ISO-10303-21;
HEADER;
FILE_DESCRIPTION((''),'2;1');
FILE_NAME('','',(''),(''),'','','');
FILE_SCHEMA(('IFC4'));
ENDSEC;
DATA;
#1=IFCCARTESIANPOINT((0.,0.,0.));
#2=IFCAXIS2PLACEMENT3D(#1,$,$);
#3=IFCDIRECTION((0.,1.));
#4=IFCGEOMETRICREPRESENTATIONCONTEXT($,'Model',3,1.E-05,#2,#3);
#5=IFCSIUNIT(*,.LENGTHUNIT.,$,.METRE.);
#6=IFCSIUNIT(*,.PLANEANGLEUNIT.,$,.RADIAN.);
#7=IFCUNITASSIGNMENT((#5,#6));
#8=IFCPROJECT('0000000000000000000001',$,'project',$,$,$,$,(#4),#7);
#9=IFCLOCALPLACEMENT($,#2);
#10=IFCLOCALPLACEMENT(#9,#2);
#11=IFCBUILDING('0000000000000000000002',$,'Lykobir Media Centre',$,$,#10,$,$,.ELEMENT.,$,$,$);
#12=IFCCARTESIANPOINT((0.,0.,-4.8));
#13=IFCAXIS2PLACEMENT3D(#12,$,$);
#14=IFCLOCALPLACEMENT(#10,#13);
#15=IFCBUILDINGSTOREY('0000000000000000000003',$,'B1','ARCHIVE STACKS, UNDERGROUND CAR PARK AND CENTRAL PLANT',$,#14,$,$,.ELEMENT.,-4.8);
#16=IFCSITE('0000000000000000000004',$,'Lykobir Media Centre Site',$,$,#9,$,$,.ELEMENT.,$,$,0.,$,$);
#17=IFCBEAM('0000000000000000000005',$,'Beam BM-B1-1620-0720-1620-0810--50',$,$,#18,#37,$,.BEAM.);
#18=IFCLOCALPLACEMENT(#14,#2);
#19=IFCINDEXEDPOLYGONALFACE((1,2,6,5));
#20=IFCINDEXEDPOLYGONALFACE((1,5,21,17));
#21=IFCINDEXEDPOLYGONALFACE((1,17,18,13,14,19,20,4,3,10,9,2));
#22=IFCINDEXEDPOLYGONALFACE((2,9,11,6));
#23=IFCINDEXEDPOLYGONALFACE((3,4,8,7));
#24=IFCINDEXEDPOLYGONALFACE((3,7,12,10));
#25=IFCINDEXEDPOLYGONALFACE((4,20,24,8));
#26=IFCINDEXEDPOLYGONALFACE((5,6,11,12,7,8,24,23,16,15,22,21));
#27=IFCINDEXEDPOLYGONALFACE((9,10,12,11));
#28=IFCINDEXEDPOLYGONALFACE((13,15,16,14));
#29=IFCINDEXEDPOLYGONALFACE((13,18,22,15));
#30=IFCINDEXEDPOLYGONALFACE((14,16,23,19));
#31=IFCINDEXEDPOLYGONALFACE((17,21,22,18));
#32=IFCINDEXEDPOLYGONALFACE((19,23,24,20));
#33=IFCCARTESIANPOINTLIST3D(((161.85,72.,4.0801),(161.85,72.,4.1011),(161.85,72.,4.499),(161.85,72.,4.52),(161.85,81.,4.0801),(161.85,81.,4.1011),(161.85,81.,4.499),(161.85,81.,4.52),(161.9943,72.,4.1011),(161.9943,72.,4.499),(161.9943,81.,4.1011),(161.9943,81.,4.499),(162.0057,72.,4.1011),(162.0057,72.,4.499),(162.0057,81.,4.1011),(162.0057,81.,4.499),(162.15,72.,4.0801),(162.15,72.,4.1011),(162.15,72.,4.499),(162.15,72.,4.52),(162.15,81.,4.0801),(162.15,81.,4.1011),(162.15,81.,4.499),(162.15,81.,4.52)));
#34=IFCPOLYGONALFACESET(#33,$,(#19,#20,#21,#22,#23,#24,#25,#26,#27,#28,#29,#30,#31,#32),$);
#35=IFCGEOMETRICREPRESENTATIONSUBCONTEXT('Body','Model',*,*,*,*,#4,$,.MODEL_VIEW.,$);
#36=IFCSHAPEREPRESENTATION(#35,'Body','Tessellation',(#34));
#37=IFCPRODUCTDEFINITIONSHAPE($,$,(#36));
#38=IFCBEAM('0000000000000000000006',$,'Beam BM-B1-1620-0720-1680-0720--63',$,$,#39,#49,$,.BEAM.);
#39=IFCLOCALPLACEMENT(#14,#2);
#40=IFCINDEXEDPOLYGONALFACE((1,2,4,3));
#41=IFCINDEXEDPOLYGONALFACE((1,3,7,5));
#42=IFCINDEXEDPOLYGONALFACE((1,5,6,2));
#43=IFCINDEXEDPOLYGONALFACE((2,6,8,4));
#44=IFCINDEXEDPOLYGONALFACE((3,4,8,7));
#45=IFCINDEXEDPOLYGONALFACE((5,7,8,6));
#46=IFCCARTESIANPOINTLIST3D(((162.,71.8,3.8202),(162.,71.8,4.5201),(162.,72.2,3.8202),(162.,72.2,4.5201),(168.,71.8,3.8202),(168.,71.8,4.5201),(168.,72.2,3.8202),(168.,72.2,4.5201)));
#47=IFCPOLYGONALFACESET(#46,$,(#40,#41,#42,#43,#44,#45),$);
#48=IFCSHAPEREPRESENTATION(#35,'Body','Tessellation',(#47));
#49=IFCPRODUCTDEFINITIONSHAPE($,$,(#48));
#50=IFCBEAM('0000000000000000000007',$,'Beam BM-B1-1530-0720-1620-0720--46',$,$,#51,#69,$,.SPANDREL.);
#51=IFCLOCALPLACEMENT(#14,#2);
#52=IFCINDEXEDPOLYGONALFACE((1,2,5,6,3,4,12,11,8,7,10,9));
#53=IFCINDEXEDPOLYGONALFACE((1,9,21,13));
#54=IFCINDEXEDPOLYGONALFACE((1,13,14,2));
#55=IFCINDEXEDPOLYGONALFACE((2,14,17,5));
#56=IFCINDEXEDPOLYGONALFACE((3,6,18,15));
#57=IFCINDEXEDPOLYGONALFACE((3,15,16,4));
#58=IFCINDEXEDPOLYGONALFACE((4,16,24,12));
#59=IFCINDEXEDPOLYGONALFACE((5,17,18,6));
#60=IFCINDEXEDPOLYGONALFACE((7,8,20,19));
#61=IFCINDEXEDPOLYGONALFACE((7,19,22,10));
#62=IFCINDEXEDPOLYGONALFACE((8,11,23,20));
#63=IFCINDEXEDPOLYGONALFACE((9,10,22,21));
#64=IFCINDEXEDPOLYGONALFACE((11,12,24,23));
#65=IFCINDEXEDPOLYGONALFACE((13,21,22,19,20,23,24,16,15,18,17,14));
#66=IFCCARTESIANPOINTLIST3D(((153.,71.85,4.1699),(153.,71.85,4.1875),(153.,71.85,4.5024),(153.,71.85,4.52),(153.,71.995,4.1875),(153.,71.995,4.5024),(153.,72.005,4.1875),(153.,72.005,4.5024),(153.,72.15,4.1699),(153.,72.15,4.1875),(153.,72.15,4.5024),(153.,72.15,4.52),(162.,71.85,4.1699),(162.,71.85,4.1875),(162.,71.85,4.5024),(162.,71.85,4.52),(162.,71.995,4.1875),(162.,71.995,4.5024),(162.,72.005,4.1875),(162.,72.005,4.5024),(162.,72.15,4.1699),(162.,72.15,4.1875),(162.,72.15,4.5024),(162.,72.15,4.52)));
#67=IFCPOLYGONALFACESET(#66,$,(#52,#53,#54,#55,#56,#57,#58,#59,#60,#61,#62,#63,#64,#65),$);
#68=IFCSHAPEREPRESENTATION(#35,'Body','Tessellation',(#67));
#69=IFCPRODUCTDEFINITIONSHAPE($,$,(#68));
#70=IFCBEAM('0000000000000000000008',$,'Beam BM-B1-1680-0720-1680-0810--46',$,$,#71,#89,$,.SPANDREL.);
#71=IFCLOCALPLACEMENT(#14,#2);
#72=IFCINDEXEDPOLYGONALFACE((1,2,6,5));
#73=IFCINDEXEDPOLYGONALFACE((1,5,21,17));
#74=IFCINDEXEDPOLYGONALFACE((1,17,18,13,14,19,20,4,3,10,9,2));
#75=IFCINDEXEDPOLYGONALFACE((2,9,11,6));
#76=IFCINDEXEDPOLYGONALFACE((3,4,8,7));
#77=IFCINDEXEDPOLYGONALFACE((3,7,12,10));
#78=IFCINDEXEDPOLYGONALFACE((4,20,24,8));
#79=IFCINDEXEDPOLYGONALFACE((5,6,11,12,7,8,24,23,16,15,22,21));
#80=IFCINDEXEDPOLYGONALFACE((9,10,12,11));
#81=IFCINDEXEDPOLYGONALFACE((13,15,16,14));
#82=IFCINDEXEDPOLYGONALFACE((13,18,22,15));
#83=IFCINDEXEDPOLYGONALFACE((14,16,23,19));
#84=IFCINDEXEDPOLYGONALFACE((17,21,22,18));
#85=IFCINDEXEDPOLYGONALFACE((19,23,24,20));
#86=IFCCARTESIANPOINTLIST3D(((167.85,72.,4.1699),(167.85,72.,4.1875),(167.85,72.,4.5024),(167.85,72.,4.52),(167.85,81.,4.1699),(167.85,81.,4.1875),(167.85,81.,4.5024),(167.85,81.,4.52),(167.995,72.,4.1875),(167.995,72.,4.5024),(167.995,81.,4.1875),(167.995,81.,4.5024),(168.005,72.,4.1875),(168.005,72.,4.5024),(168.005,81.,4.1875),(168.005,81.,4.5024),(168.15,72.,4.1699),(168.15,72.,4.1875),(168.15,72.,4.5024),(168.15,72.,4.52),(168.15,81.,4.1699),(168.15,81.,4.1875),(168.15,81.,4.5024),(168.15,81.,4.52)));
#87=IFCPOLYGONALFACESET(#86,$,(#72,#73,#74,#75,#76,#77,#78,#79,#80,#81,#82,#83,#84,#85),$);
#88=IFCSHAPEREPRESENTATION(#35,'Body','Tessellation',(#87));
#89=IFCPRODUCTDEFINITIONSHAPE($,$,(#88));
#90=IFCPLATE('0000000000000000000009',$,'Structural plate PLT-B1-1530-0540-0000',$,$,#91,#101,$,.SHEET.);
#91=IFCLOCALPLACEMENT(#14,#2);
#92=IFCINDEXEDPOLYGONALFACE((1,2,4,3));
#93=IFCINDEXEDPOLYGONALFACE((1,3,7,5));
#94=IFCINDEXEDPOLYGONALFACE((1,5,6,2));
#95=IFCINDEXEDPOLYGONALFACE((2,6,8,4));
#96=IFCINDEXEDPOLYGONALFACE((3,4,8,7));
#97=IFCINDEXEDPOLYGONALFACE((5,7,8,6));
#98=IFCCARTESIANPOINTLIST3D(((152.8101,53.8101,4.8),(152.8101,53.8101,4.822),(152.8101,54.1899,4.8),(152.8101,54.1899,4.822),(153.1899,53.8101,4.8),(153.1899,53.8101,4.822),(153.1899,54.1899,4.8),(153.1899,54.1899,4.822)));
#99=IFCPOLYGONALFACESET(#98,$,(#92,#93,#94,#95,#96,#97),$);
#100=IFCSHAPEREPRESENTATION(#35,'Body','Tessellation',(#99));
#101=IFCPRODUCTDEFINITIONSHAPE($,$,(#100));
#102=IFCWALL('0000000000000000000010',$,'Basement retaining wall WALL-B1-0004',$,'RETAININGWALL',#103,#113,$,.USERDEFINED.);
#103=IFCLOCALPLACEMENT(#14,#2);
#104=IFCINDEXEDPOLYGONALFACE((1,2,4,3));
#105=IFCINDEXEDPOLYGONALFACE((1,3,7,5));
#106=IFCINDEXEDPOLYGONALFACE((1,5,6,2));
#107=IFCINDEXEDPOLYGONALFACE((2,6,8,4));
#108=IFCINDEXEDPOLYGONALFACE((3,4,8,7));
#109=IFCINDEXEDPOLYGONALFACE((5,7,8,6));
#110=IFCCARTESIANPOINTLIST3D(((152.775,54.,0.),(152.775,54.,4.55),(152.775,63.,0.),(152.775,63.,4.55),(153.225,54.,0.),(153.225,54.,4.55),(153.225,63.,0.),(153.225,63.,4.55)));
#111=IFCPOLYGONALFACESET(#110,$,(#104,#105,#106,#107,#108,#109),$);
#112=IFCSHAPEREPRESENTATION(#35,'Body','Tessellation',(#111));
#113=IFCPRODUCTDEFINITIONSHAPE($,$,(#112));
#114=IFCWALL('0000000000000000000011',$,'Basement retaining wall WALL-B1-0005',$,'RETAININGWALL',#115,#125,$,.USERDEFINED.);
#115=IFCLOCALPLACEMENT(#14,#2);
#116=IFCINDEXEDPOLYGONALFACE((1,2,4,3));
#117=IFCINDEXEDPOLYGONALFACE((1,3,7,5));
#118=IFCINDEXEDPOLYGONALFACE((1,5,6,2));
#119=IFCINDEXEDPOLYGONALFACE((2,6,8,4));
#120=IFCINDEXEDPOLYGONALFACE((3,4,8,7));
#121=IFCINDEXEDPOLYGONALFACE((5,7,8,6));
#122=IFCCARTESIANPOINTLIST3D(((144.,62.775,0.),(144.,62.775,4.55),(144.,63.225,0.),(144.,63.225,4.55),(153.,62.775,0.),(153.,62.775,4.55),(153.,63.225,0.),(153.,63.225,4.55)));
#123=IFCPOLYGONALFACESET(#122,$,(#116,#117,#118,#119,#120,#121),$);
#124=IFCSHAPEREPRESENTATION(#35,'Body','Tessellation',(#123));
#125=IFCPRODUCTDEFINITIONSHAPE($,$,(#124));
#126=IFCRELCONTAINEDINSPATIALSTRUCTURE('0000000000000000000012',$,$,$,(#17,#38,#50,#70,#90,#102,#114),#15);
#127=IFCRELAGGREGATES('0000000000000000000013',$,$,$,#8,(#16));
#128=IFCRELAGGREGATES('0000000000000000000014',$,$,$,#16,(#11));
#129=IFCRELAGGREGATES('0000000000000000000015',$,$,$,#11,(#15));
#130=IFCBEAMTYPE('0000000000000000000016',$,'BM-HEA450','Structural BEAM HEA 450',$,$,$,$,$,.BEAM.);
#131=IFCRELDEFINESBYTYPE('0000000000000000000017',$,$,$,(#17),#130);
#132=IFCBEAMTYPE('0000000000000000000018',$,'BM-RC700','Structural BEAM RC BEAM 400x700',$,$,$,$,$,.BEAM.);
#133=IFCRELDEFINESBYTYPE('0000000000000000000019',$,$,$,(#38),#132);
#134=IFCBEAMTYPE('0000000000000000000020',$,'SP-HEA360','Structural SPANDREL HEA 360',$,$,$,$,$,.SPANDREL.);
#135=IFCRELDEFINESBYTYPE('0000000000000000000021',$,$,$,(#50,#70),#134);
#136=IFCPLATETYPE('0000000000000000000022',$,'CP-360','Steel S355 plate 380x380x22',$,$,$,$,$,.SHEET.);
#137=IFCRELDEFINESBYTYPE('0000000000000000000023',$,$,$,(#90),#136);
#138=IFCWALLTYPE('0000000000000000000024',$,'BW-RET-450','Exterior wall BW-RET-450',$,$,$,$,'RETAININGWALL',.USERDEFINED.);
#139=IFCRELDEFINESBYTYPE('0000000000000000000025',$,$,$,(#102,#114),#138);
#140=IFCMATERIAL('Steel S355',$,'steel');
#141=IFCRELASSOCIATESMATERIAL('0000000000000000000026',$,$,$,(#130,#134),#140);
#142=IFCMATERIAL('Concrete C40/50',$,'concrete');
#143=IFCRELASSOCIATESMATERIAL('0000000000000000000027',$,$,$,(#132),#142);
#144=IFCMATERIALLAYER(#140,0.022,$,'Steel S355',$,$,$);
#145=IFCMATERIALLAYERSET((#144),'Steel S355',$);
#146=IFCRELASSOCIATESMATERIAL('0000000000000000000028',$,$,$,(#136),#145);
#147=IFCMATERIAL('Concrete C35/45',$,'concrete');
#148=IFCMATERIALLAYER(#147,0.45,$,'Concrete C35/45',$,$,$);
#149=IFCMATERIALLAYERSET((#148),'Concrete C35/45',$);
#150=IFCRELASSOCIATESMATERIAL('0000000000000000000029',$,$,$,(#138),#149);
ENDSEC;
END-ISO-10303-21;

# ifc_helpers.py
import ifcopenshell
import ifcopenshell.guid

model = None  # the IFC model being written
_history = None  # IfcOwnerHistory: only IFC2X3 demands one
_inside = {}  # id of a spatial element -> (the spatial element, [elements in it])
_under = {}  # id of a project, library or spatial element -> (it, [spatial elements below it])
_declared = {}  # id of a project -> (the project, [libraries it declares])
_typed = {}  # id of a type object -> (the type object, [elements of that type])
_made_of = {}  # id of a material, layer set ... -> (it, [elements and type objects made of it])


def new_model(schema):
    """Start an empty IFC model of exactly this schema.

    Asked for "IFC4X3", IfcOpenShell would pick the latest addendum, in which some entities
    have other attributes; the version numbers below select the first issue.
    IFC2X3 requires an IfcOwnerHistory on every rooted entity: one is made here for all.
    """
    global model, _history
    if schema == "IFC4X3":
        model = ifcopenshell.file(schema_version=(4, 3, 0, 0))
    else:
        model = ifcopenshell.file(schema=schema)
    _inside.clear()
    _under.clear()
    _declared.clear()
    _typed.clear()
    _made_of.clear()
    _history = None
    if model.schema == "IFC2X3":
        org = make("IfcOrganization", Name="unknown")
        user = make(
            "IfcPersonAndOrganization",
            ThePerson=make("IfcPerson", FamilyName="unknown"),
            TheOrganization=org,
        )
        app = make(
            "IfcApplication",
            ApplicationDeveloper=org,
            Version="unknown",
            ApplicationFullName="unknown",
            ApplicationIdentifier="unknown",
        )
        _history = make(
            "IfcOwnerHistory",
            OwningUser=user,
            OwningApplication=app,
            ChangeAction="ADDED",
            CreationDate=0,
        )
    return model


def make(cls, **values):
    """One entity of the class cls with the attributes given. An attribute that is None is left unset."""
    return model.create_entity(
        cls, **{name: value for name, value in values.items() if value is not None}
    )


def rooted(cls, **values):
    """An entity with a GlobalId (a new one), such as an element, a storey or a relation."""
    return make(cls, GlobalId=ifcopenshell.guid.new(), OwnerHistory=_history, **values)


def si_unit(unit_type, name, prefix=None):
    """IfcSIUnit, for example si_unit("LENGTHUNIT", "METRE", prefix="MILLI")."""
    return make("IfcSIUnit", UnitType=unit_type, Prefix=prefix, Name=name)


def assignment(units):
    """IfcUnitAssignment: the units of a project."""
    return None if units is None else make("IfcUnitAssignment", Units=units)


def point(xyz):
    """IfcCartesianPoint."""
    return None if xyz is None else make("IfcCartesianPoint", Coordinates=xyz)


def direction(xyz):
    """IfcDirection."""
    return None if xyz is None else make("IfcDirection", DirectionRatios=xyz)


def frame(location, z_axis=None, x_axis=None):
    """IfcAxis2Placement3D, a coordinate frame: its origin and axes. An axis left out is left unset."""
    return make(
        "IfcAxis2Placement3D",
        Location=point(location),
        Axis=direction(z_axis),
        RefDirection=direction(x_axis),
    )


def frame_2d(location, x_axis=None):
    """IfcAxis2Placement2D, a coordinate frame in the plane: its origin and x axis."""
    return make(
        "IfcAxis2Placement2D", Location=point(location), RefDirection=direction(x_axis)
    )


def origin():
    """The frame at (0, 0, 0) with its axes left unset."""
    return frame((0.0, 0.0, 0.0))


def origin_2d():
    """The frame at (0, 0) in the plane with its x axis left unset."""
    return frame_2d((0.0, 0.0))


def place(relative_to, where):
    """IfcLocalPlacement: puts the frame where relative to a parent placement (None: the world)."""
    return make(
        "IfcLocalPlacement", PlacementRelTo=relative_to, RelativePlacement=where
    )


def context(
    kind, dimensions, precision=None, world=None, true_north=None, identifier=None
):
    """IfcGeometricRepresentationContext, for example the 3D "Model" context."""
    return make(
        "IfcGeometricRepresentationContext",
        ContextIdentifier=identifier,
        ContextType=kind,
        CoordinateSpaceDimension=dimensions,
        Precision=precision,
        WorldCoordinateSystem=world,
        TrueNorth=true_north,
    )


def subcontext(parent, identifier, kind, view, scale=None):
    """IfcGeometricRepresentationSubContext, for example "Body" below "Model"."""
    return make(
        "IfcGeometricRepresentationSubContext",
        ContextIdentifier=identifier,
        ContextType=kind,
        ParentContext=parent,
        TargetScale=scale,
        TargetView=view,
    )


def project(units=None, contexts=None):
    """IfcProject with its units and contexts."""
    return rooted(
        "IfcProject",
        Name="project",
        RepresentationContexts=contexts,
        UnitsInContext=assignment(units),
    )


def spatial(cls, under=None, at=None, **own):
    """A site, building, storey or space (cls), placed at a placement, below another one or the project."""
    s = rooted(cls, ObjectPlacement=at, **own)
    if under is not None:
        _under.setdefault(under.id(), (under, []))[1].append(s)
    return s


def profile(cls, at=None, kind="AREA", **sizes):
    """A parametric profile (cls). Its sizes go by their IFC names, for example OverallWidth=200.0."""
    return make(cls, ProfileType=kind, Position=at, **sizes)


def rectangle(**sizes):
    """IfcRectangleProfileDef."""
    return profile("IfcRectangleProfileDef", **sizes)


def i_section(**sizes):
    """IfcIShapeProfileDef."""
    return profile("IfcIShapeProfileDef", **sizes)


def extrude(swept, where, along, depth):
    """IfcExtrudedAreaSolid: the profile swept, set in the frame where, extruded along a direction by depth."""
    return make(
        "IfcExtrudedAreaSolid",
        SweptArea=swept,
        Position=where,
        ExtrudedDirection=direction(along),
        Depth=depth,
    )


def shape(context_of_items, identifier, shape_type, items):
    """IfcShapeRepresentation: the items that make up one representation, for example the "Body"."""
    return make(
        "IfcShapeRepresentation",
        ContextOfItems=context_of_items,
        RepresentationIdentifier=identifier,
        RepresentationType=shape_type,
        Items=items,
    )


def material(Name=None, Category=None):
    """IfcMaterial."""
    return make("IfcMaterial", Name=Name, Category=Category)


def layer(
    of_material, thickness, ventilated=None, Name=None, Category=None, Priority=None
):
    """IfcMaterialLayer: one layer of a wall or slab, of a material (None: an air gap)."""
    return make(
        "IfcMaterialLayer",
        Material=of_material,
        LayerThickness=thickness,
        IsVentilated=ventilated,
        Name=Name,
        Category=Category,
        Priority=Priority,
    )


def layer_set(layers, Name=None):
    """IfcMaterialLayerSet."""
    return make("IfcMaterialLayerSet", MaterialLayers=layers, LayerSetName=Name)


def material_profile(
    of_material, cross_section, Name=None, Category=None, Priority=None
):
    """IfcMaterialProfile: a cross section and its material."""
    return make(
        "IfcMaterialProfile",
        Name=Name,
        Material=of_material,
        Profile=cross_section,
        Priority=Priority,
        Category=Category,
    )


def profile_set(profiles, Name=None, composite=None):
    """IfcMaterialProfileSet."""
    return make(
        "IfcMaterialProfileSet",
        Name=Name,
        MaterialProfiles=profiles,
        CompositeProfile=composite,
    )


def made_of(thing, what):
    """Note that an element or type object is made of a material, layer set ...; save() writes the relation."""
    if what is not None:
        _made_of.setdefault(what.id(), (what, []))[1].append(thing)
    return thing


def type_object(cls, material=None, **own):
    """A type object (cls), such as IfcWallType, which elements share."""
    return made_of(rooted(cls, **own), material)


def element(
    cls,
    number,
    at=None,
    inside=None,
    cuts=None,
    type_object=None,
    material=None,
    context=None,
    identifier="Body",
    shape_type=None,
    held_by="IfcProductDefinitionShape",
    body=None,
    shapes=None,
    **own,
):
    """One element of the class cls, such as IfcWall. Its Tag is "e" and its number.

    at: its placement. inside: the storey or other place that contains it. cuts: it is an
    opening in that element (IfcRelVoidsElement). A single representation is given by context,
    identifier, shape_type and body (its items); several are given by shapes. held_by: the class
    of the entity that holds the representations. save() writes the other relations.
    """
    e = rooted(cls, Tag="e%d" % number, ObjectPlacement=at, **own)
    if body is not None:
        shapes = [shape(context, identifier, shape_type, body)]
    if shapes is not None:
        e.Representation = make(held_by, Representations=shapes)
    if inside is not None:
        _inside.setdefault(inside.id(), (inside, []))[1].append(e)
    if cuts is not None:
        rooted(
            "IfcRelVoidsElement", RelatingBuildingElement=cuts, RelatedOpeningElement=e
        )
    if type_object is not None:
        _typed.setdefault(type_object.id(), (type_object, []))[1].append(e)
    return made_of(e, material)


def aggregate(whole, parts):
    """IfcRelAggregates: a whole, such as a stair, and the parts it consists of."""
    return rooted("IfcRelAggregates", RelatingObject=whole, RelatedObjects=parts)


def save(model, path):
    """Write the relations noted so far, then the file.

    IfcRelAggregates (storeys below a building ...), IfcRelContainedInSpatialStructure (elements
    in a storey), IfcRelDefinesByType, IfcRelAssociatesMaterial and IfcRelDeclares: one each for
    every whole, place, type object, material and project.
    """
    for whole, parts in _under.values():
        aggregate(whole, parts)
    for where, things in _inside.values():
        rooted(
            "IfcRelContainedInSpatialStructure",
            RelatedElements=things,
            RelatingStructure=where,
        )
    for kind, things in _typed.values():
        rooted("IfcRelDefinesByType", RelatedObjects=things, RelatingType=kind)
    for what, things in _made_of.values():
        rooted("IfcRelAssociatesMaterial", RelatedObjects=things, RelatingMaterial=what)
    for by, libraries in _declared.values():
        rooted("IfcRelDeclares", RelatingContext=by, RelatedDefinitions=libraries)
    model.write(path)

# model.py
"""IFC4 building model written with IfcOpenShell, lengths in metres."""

from ifc_helpers import new_model, si_unit, direction, frame, frame_2d, origin, origin_2d, place, context, subcontext, project, spatial, rectangle, i_section, extrude, material, layer, layer_set, material_profile, profile_set, type_object, element, save


model = new_model("IFC4")

# Units and contexts
model_context = context("Model", 3, precision=1e-05, world=origin(), true_north=direction((0.0, 1.0)))
body_context = subcontext(model_context, "Body", "Model", "MODEL_VIEW")
ifc_project = project(units=[si_unit("LENGTHUNIT", "METRE"), si_unit("PLANEANGLEUNIT", "RADIAN")], contexts=[model_context])

# Site, building, storey
site_placement = place(None, origin())
site = spatial("IfcSite", under=ifc_project, at=site_placement, Name="Lykobir Media Centre Site", CompositionType="ELEMENT", RefElevation=0.0)
building_placement = place(site_placement, origin())
building = spatial("IfcBuilding", under=site, at=building_placement, Name="Lykobir Media Centre", CompositionType="ELEMENT")
storey_placement = place(building_placement, frame((0.0, 0.0, -4.8)))
storey = spatial("IfcBuildingStorey", under=building, at=storey_placement, Name="B1", Description="ARCHIVE STACKS, UNDERGROUND CAR PARK AND CENTRAL PLANT", CompositionType="ELEMENT", Elevation=-4.8)

# Shared definitions
ifc_material_1 = material(Name="Concrete C35/45", Category="concrete")

# Shared definitions
ifc_material_2 = material(Name="Concrete C40/50", Category="concrete")
ifc_material_3 = material(Name="Steel S355", Category="steel")

# Beams
ifc_material_profile_1 = material_profile(ifc_material_3, i_section(OverallWidth=0.3, OverallDepth=0.4399, WebThickness=0.0115, FlangeThickness=0.021, at=origin_2d()), Name="HEA 450")
ifc_profile_set_1 = profile_set([ifc_material_profile_1], Name="Steel S355")
beam_type_1 = type_object("IfcBeamType", Name="BM-HEA450", Description="Structural BEAM HEA 450", PredefinedType="BEAM", material=ifc_profile_set_1)
for number, where, z_axis, x_axis, name in (
    (1, (162.0, 72.0, 4.3), (0.0, 1.0, 0.0), (-1.0, 0.0, 0.0), "Beam BM-B1-1620-0720-1620-0810--50"),
):
    element("IfcBeam", number, at=place(storey_placement, frame(where, z_axis=z_axis, x_axis=x_axis)), inside=storey, type_object=beam_type_1, Name=name, PredefinedType="BEAM", context=body_context, shape_type="SweptSolid", body=[
        extrude(i_section(OverallWidth=0.3, OverallDepth=0.4399, WebThickness=0.0115, FlangeThickness=0.021, at=origin_2d()), origin(), (0.0, 0.0, 1.0), 9.0),
    ])
ifc_material_profile_2 = material_profile(ifc_material_2, rectangle(XDim=0.3999, YDim=0.7, at=origin_2d()), Name="RC BEAM 400x700")
ifc_profile_set_2 = profile_set([ifc_material_profile_2], Name="Concrete C40/50")
beam_type_2 = type_object("IfcBeamType", Name="BM-RC700", Description="Structural BEAM RC BEAM 400x700", PredefinedType="BEAM", material=ifc_profile_set_2)
beam_placement = place(storey_placement, frame((162.0, 72.0, 4.1702), z_axis=(1.0, 0.0, 0.0), x_axis=(0.0, 1.0, 0.0)))
element("IfcBeam", 2, at=beam_placement, inside=storey, type_object=beam_type_2, Name="Beam BM-B1-1620-0720-1680-0720--63", PredefinedType="BEAM", context=body_context, shape_type="SweptSolid", body=[
    extrude(rectangle(XDim=0.3999, YDim=0.7, at=origin_2d()), origin(), (0.0, 0.0, 1.0), 6.0),
])
ifc_material_profile_3 = material_profile(ifc_material_3, i_section(OverallWidth=0.3, OverallDepth=0.3501, WebThickness=0.01, FlangeThickness=0.0176, at=origin_2d()), Name="HEA 360")
ifc_profile_set_3 = profile_set([ifc_material_profile_3], Name="Steel S355")
beam_type_3 = type_object("IfcBeamType", Name="SP-HEA360", Description="Structural SPANDREL HEA 360", PredefinedType="SPANDREL", material=ifc_profile_set_3)
for number, where, z_axis, x_axis, name in (
    (3, (153.0, 72.0, 4.345), (1.0, 0.0, 0.0), (0.0, 1.0, 0.0), "Beam BM-B1-1530-0720-1620-0720--46"),
    (4, (168.0, 72.0, 4.345), (0.0, 1.0, 0.0), (-1.0, 0.0, 0.0), "Beam BM-B1-1680-0720-1680-0810--46"),
):
    element("IfcBeam", number, at=place(storey_placement, frame(where, z_axis=z_axis, x_axis=x_axis)), inside=storey, type_object=beam_type_3, Name=name, PredefinedType="SPANDREL", context=body_context, shape_type="SweptSolid", body=[
        extrude(i_section(OverallWidth=0.3, OverallDepth=0.3501, WebThickness=0.01, FlangeThickness=0.0176, at=origin_2d()), origin(), (0.0, 0.0, 1.0), 9.0),
    ])

# Plate
ifc_layer_1 = layer(ifc_material_3, 0.022, Name="Steel S355")
ifc_layer_set_1 = layer_set([ifc_layer_1], Name="Steel S355")
plate_type = type_object("IfcPlateType", Name="CP-360", Description="Steel S355 plate 380x380x22", PredefinedType="SHEET", material=ifc_layer_set_1)
plate_placement = place(storey_placement, frame((153.0, 54.0, 4.8), z_axis=(0.0, 0.0, 1.0), x_axis=(1.0, 0.0, 0.0)))
element("IfcPlate", 5, at=plate_placement, inside=storey, type_object=plate_type, Name="Structural plate PLT-B1-1530-0540-0000", PredefinedType="SHEET", context=body_context, shape_type="SweptSolid", body=[
    extrude(rectangle(XDim=0.3799, YDim=0.3799, at=origin_2d()), origin(), (0.0, 0.0, 1.0), 0.022),
])

# Walls
ifc_layer_2 = layer(ifc_material_1, 0.45, Name="Concrete C35/45")
ifc_layer_set_2 = layer_set([ifc_layer_2], Name="Concrete C35/45")
wall_type = type_object("IfcWallType", Name="BW-RET-450", Description="Exterior wall BW-RET-450", ElementType="RETAININGWALL", PredefinedType="USERDEFINED", material=ifc_layer_set_2)
for number, where, z_axis, x_axis, name in (
    (6, (153.0, 54.0, 0.0), (0.0, 0.0, 1.0), (0.0, 1.0, 0.0), "Basement retaining wall WALL-B1-0004"),
    (7, (153.0, 63.0, 0.0), (0.0, 0.0, 1.0), (-1.0, 0.0, 0.0), "Basement retaining wall WALL-B1-0005"),
):
    element("IfcWall", number, at=place(storey_placement, frame(where, z_axis=z_axis, x_axis=x_axis)), inside=storey, type_object=wall_type, Name=name, ObjectType="RETAININGWALL", PredefinedType="USERDEFINED", context=body_context, shape_type="SweptSolid", body=[
        extrude(rectangle(XDim=9.0, YDim=0.45, at=frame_2d((4.5, 0.0))), origin(), (0.0, 0.0, 1.0), 4.55),
    ])

save(model, "model.ifc")
